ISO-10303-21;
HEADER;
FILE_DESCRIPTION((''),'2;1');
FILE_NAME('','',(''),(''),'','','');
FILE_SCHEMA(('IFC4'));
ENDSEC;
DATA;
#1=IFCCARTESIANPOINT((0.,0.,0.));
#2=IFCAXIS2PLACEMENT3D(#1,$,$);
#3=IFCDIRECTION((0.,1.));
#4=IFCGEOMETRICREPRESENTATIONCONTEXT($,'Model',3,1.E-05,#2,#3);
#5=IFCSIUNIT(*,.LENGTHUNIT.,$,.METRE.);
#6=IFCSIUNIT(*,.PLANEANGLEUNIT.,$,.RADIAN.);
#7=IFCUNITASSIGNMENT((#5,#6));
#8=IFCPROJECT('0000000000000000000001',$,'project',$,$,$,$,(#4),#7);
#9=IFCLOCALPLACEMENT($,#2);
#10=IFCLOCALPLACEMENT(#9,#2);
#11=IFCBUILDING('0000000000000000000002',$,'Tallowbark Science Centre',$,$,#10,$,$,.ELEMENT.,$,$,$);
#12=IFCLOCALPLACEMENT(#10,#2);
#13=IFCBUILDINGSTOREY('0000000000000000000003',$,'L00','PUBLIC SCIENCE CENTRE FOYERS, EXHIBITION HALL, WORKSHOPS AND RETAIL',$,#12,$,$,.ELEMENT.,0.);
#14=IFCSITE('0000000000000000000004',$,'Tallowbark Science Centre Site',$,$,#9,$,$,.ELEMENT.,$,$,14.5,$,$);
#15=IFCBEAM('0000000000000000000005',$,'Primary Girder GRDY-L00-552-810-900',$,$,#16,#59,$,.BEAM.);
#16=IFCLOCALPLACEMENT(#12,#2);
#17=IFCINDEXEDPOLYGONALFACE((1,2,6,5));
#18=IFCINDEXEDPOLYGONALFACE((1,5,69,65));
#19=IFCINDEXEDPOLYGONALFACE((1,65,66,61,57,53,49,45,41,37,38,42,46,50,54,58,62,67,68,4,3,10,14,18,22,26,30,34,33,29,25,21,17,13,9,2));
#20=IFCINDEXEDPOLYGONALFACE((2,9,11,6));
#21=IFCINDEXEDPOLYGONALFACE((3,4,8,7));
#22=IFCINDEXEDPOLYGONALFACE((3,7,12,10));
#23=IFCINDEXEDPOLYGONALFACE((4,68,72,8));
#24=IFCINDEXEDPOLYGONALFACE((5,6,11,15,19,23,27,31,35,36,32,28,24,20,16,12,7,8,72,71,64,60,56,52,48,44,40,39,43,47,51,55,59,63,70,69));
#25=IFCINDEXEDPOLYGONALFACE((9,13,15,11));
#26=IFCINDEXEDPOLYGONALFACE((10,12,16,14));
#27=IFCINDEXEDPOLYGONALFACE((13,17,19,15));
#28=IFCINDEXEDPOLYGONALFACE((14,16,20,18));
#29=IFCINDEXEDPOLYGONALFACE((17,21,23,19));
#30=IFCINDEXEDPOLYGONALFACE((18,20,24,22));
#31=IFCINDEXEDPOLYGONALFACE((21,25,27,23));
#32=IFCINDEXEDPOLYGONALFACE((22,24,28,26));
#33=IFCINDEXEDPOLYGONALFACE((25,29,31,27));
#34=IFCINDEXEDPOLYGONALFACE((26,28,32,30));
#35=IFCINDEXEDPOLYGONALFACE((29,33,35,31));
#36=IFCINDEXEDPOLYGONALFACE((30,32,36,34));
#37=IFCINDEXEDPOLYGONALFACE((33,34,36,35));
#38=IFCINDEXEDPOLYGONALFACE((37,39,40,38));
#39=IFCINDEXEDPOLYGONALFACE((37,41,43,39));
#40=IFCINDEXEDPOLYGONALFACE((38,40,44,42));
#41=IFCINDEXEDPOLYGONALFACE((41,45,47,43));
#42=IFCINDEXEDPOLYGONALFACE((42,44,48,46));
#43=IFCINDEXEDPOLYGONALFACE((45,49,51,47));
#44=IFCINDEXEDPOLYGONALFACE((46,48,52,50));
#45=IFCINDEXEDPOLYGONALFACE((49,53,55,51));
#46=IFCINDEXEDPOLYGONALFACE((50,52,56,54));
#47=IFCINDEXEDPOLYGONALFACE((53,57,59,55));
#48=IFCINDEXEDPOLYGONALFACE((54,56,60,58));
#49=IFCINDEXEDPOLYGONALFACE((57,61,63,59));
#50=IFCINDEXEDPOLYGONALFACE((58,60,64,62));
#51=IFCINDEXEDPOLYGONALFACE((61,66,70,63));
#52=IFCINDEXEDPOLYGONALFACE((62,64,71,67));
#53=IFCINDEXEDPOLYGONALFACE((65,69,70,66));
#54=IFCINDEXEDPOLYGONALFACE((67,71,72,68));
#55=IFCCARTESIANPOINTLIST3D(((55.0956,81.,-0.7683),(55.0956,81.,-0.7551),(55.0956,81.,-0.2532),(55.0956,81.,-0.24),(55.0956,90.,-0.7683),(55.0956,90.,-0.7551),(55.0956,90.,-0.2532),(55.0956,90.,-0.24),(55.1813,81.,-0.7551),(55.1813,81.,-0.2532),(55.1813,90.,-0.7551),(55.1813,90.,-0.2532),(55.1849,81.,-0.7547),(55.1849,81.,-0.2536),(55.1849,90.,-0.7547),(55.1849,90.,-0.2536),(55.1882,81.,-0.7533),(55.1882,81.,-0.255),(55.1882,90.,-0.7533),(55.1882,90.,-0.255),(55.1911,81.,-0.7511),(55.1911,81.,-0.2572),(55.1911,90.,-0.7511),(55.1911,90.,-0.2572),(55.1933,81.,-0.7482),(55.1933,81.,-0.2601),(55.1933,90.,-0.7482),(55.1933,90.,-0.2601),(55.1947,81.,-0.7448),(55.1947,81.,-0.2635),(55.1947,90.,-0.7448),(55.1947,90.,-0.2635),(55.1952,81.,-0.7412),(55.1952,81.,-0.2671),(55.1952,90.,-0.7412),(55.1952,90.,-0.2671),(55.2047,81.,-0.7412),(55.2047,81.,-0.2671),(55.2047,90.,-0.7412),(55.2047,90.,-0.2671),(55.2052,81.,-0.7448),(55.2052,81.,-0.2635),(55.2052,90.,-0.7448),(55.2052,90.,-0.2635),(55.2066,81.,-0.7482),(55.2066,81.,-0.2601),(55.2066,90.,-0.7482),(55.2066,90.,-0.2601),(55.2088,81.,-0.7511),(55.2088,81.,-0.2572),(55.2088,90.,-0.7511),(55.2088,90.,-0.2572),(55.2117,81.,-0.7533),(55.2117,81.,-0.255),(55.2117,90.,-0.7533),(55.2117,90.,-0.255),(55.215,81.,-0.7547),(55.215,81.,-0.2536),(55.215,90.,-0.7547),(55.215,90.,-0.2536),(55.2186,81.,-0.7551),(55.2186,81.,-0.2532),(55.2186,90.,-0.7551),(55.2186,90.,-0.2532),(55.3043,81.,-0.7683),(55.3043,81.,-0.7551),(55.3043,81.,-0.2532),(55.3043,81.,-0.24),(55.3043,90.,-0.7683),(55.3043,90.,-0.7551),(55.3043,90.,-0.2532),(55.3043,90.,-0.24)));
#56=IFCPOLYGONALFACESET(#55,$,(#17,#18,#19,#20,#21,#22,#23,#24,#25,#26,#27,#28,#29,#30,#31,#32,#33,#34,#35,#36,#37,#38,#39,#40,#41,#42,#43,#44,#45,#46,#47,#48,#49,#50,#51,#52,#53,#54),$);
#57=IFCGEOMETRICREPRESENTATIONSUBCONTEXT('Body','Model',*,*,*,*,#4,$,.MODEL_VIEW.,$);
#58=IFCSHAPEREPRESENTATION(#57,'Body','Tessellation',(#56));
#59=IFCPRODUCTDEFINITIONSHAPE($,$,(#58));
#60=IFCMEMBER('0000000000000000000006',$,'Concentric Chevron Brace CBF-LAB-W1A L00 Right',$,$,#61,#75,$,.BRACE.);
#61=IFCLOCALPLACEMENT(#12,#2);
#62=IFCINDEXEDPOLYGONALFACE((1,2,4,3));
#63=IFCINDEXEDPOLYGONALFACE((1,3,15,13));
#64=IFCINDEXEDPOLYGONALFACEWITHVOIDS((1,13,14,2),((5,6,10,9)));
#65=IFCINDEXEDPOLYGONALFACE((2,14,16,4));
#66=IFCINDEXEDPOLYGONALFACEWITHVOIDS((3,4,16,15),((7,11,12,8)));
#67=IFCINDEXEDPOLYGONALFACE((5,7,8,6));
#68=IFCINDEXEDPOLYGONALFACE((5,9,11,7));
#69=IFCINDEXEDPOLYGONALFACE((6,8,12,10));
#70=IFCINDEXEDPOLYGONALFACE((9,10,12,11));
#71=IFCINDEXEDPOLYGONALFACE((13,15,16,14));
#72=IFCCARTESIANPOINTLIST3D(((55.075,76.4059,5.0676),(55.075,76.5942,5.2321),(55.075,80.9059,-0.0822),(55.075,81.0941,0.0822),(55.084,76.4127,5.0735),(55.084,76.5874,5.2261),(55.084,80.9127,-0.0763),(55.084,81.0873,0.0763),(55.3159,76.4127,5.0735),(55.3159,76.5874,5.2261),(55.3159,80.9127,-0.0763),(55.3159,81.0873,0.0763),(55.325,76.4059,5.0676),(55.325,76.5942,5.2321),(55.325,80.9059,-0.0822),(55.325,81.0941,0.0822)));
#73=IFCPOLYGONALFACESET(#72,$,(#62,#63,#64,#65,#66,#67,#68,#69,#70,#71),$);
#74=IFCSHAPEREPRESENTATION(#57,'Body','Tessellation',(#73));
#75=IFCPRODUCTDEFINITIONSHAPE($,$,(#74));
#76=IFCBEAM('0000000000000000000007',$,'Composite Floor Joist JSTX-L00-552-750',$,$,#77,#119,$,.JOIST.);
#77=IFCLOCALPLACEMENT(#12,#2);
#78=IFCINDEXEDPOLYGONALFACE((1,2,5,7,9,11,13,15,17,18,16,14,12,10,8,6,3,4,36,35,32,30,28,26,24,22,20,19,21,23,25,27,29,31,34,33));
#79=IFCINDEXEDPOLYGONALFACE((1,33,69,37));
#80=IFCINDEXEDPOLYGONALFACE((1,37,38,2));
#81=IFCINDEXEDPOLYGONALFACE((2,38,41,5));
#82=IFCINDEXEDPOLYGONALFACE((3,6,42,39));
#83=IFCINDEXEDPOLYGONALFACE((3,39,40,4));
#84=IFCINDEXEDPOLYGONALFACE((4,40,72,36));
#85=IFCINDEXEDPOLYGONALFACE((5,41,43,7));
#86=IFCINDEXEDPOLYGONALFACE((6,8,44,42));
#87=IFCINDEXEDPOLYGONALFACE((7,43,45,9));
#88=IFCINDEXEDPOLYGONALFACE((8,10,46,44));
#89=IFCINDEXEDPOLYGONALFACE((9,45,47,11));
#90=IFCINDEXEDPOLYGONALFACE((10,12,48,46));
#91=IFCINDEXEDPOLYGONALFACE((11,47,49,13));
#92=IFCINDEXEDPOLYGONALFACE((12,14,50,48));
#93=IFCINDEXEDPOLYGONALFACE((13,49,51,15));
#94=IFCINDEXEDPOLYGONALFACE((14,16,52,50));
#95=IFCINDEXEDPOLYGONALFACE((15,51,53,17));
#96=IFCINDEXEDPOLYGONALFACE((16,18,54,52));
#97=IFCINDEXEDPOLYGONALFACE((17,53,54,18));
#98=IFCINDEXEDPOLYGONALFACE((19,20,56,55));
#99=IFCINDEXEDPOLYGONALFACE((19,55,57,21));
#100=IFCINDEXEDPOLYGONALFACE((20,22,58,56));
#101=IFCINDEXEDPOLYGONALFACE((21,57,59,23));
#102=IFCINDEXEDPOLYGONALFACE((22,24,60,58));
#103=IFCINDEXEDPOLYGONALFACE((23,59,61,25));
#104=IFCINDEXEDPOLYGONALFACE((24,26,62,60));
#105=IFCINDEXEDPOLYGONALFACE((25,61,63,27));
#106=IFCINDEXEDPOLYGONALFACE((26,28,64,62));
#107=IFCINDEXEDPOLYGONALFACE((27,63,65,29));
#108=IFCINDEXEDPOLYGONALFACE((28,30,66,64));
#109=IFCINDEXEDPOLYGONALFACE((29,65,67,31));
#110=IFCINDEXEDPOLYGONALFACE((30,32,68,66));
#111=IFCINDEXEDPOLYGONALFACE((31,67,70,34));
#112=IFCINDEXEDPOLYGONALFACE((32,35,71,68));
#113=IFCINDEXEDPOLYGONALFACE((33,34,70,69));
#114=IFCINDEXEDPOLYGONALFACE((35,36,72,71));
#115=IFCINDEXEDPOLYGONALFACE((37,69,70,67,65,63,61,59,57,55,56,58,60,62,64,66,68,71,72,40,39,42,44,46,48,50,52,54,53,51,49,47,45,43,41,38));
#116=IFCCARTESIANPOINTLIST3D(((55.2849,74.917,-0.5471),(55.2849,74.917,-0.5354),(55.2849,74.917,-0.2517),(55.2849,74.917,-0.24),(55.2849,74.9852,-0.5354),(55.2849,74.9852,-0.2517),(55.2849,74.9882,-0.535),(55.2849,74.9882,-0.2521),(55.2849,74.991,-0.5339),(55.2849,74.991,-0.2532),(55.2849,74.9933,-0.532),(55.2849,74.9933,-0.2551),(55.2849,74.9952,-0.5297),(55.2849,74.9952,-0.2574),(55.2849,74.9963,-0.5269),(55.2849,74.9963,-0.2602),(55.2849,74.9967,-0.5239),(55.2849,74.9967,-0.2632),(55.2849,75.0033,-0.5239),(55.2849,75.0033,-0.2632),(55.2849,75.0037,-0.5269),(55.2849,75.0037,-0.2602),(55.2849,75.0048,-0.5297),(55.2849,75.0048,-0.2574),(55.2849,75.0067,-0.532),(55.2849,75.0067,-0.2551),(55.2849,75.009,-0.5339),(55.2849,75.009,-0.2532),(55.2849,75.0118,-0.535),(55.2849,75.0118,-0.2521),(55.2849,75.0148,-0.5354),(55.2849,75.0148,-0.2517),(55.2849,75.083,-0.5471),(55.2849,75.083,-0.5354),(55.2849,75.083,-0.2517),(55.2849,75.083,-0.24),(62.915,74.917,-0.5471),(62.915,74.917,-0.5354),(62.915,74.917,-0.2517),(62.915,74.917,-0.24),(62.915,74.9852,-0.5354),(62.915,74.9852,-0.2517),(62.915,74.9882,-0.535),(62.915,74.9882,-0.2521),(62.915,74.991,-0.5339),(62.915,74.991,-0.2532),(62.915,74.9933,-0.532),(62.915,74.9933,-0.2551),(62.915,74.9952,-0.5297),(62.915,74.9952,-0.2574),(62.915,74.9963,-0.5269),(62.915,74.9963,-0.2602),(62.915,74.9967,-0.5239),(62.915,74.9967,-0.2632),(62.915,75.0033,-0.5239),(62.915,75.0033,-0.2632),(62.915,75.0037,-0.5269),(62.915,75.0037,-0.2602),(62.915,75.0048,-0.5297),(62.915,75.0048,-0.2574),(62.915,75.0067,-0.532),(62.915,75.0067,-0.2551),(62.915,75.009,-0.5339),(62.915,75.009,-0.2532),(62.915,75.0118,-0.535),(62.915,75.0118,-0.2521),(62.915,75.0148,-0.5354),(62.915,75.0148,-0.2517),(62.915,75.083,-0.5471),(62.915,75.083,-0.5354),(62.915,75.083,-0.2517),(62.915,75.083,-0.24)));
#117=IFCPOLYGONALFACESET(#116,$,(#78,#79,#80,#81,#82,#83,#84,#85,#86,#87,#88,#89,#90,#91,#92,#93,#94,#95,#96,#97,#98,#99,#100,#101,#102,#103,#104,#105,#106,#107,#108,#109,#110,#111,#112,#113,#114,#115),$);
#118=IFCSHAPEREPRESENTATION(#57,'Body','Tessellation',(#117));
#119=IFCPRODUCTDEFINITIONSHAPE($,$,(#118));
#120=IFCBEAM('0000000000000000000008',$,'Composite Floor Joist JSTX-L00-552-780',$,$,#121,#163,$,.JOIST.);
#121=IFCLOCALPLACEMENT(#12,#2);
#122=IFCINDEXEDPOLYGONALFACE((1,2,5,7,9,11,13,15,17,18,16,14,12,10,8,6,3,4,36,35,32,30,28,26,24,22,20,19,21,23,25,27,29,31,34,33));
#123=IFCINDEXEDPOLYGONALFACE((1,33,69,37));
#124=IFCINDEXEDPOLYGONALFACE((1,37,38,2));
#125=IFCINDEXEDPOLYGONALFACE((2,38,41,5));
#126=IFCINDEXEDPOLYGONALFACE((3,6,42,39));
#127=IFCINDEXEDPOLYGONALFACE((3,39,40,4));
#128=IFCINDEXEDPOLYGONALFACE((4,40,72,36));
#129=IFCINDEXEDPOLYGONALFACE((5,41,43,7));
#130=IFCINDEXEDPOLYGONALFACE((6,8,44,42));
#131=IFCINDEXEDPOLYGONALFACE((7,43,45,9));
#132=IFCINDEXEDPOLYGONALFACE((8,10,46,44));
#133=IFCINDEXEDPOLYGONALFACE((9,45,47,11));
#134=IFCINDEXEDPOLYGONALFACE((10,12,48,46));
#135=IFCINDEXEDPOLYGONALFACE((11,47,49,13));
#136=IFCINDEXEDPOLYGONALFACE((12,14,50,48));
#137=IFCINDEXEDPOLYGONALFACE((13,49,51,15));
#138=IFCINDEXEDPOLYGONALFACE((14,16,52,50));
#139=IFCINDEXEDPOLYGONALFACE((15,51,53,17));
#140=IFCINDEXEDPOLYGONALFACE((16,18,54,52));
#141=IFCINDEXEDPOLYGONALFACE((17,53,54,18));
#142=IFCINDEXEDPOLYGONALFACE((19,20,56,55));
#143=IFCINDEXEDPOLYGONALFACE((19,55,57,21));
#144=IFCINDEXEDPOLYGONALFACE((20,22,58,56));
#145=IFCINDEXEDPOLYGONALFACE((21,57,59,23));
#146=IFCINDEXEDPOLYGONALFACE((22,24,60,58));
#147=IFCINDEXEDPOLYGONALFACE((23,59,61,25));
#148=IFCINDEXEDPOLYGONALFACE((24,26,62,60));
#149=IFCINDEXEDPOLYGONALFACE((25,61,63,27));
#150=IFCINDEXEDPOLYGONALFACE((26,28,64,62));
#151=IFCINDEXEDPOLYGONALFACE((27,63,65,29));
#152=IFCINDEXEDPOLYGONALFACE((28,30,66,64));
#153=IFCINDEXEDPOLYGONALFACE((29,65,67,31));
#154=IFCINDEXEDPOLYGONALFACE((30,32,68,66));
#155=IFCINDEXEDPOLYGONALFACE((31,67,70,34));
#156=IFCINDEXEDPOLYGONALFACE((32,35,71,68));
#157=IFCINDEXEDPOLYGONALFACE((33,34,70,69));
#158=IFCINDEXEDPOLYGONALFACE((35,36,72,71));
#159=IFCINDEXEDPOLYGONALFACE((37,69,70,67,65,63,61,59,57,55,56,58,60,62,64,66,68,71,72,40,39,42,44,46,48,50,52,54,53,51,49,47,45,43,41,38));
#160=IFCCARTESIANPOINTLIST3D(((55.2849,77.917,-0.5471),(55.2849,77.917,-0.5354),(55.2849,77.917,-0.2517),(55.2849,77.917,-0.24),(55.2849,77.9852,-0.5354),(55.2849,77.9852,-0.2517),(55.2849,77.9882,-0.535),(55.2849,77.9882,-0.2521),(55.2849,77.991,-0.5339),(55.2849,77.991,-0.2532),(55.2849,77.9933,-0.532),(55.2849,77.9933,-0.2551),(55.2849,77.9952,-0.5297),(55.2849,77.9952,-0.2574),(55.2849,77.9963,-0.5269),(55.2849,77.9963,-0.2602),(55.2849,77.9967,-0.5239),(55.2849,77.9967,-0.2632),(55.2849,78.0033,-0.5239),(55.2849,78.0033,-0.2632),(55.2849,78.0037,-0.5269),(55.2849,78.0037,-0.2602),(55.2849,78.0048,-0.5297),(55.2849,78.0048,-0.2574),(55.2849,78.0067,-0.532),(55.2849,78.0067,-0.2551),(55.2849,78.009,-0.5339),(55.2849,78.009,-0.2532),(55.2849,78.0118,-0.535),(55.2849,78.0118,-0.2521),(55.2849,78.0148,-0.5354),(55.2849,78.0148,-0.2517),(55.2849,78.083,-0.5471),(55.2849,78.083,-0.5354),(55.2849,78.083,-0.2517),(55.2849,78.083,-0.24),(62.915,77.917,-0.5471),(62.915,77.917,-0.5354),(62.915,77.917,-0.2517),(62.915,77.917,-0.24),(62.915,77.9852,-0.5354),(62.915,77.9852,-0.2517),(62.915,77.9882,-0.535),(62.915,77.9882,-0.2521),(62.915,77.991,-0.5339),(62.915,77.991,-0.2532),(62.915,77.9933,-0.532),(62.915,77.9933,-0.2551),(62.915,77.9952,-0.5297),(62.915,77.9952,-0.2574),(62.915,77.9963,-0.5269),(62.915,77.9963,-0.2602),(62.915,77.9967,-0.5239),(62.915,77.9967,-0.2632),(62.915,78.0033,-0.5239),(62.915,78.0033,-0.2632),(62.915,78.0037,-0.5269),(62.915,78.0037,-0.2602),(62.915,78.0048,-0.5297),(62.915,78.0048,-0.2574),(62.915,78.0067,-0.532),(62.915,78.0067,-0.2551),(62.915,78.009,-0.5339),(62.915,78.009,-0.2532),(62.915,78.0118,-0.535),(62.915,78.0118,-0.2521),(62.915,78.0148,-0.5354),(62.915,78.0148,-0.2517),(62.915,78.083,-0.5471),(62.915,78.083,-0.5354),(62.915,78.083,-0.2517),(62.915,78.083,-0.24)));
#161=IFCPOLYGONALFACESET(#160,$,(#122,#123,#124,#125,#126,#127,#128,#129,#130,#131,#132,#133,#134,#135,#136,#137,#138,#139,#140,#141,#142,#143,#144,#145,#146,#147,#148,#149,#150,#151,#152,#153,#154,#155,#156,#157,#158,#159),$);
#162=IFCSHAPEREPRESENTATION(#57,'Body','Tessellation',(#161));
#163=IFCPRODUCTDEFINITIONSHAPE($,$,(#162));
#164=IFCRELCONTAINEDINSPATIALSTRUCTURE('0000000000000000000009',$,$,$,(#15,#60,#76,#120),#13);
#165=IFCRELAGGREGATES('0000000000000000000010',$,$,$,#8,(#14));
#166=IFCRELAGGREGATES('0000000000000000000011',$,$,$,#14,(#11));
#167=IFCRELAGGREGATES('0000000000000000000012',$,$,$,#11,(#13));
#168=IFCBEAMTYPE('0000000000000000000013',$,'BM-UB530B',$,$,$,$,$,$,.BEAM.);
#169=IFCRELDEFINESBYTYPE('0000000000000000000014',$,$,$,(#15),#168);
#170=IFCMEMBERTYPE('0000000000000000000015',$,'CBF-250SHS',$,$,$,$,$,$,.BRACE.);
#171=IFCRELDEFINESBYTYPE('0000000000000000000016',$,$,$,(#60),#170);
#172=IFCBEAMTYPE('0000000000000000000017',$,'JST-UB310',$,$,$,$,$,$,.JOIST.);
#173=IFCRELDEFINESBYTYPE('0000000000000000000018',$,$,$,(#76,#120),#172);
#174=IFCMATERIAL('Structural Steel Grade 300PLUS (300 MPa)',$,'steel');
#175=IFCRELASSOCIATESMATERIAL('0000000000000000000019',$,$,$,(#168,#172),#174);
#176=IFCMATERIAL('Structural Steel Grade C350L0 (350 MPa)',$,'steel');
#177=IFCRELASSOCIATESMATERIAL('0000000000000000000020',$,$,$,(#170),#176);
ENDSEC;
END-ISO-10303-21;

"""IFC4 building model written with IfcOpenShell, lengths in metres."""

from ifc_helpers import new_model, si_unit, direction, frame, origin, origin_2d, place, context, subcontext, project, spatial, hollow_rectangle, i_section, extrude, material, material_profile, profile_set, type_object, element, save


model = new_model("IFC4")

# Units and contexts
model_context = context("Model", 3, precision=1e-05, world=origin(), true_north=direction((0.0, 1.0)))
body_context = subcontext(model_context, "Body", "Model", "MODEL_VIEW")
ifc_project = project(units=[si_unit("LENGTHUNIT", "METRE"), si_unit("PLANEANGLEUNIT", "RADIAN")], contexts=[model_context])

# Site, building, storey
site_placement = place(None, origin())
site = spatial("IfcSite", under=ifc_project, at=site_placement, Name="Tallowbark Science Centre Site", CompositionType="ELEMENT", RefElevation=14.5)
building_placement = place(site_placement, origin())
building = spatial("IfcBuilding", under=site, at=building_placement, Name="Tallowbark Science Centre", CompositionType="ELEMENT")
storey_placement = place(building_placement, origin())
storey = spatial("IfcBuildingStorey", under=building, at=storey_placement, Name="L00", Description="PUBLIC SCIENCE CENTRE FOYERS, EXHIBITION HALL, WORKSHOPS AND RETAIL", CompositionType="ELEMENT", Elevation=0.0)

# Shared definitions
ifc_material_1 = material(Name="Structural Steel Grade 300PLUS (300 MPa)", Category="steel")

# Beam
ifc_material_profile_1 = material_profile(ifc_material_1, i_section(OverallWidth=0.2087, OverallDepth=0.5283, WebThickness=0.0095, FlangeThickness=0.0132, FilletRadius=0.0139, at=origin_2d()), Name="530UB82.0")
ifc_profile_set_1 = profile_set([ifc_material_profile_1], Name="Structural Steel Grade 300PLUS (300 MPa)")
beam_type_1 = type_object("IfcBeamType", Name="BM-UB530B", PredefinedType="BEAM", material=ifc_profile_set_1)
beam_1_placement = place(storey_placement, frame((55.2, 81.0, -0.5042), z_axis=(0.0, 1.0, 0.0), x_axis=(-1.0, 0.0, 0.0)))
element("IfcBeam", 1, at=beam_1_placement, inside=storey, type_object=beam_type_1, Name="Primary Girder GRDY-L00-552-810-900", PredefinedType="BEAM", context=body_context, shape_type="SweptSolid", body=[
    extrude(i_section(OverallWidth=0.2087, OverallDepth=0.5283, WebThickness=0.0095, FlangeThickness=0.0132, FilletRadius=0.0139, at=origin_2d()), origin(), (0.0, 0.0, 1.0), 9.0),
])

# Member
ifc_material_2 = material(Name="Structural Steel Grade C350L0 (350 MPa)", Category="steel")
ifc_material_profile_2 = material_profile(ifc_material_2, hollow_rectangle(XDim=0.25, YDim=0.25, WallThickness=0.009, at=origin_2d()), Name="250x250x9.0SHS")
ifc_profile_set_2 = profile_set([ifc_material_profile_2], Name="Structural Steel Grade C350L0 (350 MPa)")
member_type = type_object("IfcMemberType", Name="CBF-250SHS", PredefinedType="BRACE", material=ifc_profile_set_2)
member_placement = place(storey_placement, frame((55.2, 81.0, 0.0), z_axis=(0.0, -0.657994, 0.753023), x_axis=(1.0, 0.0, 0.0)))
element("IfcMember", 2, at=member_placement, inside=storey, type_object=member_type, Name="Concentric Chevron Brace CBF-LAB-W1A L00 Right", PredefinedType="BRACE", context=body_context, shape_type="SweptSolid", body=[
    extrude(hollow_rectangle(XDim=0.25, YDim=0.25, WallThickness=0.009, at=origin_2d()), origin(), (0.0, 0.0, 1.0), 6.8389),
])

# Beams
ifc_material_profile_3 = material_profile(ifc_material_1, i_section(OverallWidth=0.166, OverallDepth=0.3071, WebThickness=0.0066, FlangeThickness=0.0117, FilletRadius=0.0115, at=origin_2d()), Name="310UB46.2")
ifc_profile_set_3 = profile_set([ifc_material_profile_3], Name="Structural Steel Grade 300PLUS (300 MPa)")
beam_type_2 = type_object("IfcBeamType", Name="JST-UB310", PredefinedType="JOIST", material=ifc_profile_set_3)
for number, where, z_axis, x_axis, name in (
    (3, (55.2849, 75.0, -0.3936), (1.0, 0.0, 0.0), (0.0, 1.0, 0.0), "Composite Floor Joist JSTX-L00-552-750"),
    (4, (55.2849, 78.0, -0.3936), (1.0, 0.0, 0.0), (0.0, 1.0, 0.0), "Composite Floor Joist JSTX-L00-552-780"),
):
    element("IfcBeam", number, at=place(storey_placement, frame(where, z_axis=z_axis, x_axis=x_axis)), inside=storey, type_object=beam_type_2, Name=name, PredefinedType="JOIST", context=body_context, shape_type="SweptSolid", body=[
        extrude(i_section(OverallWidth=0.166, OverallDepth=0.3071, WebThickness=0.0066, FlangeThickness=0.0117, FilletRadius=0.0115, at=origin_2d()), origin(), (0.0, 0.0, 1.0), 7.6301),
    ])

save(model, "model.ifc")
